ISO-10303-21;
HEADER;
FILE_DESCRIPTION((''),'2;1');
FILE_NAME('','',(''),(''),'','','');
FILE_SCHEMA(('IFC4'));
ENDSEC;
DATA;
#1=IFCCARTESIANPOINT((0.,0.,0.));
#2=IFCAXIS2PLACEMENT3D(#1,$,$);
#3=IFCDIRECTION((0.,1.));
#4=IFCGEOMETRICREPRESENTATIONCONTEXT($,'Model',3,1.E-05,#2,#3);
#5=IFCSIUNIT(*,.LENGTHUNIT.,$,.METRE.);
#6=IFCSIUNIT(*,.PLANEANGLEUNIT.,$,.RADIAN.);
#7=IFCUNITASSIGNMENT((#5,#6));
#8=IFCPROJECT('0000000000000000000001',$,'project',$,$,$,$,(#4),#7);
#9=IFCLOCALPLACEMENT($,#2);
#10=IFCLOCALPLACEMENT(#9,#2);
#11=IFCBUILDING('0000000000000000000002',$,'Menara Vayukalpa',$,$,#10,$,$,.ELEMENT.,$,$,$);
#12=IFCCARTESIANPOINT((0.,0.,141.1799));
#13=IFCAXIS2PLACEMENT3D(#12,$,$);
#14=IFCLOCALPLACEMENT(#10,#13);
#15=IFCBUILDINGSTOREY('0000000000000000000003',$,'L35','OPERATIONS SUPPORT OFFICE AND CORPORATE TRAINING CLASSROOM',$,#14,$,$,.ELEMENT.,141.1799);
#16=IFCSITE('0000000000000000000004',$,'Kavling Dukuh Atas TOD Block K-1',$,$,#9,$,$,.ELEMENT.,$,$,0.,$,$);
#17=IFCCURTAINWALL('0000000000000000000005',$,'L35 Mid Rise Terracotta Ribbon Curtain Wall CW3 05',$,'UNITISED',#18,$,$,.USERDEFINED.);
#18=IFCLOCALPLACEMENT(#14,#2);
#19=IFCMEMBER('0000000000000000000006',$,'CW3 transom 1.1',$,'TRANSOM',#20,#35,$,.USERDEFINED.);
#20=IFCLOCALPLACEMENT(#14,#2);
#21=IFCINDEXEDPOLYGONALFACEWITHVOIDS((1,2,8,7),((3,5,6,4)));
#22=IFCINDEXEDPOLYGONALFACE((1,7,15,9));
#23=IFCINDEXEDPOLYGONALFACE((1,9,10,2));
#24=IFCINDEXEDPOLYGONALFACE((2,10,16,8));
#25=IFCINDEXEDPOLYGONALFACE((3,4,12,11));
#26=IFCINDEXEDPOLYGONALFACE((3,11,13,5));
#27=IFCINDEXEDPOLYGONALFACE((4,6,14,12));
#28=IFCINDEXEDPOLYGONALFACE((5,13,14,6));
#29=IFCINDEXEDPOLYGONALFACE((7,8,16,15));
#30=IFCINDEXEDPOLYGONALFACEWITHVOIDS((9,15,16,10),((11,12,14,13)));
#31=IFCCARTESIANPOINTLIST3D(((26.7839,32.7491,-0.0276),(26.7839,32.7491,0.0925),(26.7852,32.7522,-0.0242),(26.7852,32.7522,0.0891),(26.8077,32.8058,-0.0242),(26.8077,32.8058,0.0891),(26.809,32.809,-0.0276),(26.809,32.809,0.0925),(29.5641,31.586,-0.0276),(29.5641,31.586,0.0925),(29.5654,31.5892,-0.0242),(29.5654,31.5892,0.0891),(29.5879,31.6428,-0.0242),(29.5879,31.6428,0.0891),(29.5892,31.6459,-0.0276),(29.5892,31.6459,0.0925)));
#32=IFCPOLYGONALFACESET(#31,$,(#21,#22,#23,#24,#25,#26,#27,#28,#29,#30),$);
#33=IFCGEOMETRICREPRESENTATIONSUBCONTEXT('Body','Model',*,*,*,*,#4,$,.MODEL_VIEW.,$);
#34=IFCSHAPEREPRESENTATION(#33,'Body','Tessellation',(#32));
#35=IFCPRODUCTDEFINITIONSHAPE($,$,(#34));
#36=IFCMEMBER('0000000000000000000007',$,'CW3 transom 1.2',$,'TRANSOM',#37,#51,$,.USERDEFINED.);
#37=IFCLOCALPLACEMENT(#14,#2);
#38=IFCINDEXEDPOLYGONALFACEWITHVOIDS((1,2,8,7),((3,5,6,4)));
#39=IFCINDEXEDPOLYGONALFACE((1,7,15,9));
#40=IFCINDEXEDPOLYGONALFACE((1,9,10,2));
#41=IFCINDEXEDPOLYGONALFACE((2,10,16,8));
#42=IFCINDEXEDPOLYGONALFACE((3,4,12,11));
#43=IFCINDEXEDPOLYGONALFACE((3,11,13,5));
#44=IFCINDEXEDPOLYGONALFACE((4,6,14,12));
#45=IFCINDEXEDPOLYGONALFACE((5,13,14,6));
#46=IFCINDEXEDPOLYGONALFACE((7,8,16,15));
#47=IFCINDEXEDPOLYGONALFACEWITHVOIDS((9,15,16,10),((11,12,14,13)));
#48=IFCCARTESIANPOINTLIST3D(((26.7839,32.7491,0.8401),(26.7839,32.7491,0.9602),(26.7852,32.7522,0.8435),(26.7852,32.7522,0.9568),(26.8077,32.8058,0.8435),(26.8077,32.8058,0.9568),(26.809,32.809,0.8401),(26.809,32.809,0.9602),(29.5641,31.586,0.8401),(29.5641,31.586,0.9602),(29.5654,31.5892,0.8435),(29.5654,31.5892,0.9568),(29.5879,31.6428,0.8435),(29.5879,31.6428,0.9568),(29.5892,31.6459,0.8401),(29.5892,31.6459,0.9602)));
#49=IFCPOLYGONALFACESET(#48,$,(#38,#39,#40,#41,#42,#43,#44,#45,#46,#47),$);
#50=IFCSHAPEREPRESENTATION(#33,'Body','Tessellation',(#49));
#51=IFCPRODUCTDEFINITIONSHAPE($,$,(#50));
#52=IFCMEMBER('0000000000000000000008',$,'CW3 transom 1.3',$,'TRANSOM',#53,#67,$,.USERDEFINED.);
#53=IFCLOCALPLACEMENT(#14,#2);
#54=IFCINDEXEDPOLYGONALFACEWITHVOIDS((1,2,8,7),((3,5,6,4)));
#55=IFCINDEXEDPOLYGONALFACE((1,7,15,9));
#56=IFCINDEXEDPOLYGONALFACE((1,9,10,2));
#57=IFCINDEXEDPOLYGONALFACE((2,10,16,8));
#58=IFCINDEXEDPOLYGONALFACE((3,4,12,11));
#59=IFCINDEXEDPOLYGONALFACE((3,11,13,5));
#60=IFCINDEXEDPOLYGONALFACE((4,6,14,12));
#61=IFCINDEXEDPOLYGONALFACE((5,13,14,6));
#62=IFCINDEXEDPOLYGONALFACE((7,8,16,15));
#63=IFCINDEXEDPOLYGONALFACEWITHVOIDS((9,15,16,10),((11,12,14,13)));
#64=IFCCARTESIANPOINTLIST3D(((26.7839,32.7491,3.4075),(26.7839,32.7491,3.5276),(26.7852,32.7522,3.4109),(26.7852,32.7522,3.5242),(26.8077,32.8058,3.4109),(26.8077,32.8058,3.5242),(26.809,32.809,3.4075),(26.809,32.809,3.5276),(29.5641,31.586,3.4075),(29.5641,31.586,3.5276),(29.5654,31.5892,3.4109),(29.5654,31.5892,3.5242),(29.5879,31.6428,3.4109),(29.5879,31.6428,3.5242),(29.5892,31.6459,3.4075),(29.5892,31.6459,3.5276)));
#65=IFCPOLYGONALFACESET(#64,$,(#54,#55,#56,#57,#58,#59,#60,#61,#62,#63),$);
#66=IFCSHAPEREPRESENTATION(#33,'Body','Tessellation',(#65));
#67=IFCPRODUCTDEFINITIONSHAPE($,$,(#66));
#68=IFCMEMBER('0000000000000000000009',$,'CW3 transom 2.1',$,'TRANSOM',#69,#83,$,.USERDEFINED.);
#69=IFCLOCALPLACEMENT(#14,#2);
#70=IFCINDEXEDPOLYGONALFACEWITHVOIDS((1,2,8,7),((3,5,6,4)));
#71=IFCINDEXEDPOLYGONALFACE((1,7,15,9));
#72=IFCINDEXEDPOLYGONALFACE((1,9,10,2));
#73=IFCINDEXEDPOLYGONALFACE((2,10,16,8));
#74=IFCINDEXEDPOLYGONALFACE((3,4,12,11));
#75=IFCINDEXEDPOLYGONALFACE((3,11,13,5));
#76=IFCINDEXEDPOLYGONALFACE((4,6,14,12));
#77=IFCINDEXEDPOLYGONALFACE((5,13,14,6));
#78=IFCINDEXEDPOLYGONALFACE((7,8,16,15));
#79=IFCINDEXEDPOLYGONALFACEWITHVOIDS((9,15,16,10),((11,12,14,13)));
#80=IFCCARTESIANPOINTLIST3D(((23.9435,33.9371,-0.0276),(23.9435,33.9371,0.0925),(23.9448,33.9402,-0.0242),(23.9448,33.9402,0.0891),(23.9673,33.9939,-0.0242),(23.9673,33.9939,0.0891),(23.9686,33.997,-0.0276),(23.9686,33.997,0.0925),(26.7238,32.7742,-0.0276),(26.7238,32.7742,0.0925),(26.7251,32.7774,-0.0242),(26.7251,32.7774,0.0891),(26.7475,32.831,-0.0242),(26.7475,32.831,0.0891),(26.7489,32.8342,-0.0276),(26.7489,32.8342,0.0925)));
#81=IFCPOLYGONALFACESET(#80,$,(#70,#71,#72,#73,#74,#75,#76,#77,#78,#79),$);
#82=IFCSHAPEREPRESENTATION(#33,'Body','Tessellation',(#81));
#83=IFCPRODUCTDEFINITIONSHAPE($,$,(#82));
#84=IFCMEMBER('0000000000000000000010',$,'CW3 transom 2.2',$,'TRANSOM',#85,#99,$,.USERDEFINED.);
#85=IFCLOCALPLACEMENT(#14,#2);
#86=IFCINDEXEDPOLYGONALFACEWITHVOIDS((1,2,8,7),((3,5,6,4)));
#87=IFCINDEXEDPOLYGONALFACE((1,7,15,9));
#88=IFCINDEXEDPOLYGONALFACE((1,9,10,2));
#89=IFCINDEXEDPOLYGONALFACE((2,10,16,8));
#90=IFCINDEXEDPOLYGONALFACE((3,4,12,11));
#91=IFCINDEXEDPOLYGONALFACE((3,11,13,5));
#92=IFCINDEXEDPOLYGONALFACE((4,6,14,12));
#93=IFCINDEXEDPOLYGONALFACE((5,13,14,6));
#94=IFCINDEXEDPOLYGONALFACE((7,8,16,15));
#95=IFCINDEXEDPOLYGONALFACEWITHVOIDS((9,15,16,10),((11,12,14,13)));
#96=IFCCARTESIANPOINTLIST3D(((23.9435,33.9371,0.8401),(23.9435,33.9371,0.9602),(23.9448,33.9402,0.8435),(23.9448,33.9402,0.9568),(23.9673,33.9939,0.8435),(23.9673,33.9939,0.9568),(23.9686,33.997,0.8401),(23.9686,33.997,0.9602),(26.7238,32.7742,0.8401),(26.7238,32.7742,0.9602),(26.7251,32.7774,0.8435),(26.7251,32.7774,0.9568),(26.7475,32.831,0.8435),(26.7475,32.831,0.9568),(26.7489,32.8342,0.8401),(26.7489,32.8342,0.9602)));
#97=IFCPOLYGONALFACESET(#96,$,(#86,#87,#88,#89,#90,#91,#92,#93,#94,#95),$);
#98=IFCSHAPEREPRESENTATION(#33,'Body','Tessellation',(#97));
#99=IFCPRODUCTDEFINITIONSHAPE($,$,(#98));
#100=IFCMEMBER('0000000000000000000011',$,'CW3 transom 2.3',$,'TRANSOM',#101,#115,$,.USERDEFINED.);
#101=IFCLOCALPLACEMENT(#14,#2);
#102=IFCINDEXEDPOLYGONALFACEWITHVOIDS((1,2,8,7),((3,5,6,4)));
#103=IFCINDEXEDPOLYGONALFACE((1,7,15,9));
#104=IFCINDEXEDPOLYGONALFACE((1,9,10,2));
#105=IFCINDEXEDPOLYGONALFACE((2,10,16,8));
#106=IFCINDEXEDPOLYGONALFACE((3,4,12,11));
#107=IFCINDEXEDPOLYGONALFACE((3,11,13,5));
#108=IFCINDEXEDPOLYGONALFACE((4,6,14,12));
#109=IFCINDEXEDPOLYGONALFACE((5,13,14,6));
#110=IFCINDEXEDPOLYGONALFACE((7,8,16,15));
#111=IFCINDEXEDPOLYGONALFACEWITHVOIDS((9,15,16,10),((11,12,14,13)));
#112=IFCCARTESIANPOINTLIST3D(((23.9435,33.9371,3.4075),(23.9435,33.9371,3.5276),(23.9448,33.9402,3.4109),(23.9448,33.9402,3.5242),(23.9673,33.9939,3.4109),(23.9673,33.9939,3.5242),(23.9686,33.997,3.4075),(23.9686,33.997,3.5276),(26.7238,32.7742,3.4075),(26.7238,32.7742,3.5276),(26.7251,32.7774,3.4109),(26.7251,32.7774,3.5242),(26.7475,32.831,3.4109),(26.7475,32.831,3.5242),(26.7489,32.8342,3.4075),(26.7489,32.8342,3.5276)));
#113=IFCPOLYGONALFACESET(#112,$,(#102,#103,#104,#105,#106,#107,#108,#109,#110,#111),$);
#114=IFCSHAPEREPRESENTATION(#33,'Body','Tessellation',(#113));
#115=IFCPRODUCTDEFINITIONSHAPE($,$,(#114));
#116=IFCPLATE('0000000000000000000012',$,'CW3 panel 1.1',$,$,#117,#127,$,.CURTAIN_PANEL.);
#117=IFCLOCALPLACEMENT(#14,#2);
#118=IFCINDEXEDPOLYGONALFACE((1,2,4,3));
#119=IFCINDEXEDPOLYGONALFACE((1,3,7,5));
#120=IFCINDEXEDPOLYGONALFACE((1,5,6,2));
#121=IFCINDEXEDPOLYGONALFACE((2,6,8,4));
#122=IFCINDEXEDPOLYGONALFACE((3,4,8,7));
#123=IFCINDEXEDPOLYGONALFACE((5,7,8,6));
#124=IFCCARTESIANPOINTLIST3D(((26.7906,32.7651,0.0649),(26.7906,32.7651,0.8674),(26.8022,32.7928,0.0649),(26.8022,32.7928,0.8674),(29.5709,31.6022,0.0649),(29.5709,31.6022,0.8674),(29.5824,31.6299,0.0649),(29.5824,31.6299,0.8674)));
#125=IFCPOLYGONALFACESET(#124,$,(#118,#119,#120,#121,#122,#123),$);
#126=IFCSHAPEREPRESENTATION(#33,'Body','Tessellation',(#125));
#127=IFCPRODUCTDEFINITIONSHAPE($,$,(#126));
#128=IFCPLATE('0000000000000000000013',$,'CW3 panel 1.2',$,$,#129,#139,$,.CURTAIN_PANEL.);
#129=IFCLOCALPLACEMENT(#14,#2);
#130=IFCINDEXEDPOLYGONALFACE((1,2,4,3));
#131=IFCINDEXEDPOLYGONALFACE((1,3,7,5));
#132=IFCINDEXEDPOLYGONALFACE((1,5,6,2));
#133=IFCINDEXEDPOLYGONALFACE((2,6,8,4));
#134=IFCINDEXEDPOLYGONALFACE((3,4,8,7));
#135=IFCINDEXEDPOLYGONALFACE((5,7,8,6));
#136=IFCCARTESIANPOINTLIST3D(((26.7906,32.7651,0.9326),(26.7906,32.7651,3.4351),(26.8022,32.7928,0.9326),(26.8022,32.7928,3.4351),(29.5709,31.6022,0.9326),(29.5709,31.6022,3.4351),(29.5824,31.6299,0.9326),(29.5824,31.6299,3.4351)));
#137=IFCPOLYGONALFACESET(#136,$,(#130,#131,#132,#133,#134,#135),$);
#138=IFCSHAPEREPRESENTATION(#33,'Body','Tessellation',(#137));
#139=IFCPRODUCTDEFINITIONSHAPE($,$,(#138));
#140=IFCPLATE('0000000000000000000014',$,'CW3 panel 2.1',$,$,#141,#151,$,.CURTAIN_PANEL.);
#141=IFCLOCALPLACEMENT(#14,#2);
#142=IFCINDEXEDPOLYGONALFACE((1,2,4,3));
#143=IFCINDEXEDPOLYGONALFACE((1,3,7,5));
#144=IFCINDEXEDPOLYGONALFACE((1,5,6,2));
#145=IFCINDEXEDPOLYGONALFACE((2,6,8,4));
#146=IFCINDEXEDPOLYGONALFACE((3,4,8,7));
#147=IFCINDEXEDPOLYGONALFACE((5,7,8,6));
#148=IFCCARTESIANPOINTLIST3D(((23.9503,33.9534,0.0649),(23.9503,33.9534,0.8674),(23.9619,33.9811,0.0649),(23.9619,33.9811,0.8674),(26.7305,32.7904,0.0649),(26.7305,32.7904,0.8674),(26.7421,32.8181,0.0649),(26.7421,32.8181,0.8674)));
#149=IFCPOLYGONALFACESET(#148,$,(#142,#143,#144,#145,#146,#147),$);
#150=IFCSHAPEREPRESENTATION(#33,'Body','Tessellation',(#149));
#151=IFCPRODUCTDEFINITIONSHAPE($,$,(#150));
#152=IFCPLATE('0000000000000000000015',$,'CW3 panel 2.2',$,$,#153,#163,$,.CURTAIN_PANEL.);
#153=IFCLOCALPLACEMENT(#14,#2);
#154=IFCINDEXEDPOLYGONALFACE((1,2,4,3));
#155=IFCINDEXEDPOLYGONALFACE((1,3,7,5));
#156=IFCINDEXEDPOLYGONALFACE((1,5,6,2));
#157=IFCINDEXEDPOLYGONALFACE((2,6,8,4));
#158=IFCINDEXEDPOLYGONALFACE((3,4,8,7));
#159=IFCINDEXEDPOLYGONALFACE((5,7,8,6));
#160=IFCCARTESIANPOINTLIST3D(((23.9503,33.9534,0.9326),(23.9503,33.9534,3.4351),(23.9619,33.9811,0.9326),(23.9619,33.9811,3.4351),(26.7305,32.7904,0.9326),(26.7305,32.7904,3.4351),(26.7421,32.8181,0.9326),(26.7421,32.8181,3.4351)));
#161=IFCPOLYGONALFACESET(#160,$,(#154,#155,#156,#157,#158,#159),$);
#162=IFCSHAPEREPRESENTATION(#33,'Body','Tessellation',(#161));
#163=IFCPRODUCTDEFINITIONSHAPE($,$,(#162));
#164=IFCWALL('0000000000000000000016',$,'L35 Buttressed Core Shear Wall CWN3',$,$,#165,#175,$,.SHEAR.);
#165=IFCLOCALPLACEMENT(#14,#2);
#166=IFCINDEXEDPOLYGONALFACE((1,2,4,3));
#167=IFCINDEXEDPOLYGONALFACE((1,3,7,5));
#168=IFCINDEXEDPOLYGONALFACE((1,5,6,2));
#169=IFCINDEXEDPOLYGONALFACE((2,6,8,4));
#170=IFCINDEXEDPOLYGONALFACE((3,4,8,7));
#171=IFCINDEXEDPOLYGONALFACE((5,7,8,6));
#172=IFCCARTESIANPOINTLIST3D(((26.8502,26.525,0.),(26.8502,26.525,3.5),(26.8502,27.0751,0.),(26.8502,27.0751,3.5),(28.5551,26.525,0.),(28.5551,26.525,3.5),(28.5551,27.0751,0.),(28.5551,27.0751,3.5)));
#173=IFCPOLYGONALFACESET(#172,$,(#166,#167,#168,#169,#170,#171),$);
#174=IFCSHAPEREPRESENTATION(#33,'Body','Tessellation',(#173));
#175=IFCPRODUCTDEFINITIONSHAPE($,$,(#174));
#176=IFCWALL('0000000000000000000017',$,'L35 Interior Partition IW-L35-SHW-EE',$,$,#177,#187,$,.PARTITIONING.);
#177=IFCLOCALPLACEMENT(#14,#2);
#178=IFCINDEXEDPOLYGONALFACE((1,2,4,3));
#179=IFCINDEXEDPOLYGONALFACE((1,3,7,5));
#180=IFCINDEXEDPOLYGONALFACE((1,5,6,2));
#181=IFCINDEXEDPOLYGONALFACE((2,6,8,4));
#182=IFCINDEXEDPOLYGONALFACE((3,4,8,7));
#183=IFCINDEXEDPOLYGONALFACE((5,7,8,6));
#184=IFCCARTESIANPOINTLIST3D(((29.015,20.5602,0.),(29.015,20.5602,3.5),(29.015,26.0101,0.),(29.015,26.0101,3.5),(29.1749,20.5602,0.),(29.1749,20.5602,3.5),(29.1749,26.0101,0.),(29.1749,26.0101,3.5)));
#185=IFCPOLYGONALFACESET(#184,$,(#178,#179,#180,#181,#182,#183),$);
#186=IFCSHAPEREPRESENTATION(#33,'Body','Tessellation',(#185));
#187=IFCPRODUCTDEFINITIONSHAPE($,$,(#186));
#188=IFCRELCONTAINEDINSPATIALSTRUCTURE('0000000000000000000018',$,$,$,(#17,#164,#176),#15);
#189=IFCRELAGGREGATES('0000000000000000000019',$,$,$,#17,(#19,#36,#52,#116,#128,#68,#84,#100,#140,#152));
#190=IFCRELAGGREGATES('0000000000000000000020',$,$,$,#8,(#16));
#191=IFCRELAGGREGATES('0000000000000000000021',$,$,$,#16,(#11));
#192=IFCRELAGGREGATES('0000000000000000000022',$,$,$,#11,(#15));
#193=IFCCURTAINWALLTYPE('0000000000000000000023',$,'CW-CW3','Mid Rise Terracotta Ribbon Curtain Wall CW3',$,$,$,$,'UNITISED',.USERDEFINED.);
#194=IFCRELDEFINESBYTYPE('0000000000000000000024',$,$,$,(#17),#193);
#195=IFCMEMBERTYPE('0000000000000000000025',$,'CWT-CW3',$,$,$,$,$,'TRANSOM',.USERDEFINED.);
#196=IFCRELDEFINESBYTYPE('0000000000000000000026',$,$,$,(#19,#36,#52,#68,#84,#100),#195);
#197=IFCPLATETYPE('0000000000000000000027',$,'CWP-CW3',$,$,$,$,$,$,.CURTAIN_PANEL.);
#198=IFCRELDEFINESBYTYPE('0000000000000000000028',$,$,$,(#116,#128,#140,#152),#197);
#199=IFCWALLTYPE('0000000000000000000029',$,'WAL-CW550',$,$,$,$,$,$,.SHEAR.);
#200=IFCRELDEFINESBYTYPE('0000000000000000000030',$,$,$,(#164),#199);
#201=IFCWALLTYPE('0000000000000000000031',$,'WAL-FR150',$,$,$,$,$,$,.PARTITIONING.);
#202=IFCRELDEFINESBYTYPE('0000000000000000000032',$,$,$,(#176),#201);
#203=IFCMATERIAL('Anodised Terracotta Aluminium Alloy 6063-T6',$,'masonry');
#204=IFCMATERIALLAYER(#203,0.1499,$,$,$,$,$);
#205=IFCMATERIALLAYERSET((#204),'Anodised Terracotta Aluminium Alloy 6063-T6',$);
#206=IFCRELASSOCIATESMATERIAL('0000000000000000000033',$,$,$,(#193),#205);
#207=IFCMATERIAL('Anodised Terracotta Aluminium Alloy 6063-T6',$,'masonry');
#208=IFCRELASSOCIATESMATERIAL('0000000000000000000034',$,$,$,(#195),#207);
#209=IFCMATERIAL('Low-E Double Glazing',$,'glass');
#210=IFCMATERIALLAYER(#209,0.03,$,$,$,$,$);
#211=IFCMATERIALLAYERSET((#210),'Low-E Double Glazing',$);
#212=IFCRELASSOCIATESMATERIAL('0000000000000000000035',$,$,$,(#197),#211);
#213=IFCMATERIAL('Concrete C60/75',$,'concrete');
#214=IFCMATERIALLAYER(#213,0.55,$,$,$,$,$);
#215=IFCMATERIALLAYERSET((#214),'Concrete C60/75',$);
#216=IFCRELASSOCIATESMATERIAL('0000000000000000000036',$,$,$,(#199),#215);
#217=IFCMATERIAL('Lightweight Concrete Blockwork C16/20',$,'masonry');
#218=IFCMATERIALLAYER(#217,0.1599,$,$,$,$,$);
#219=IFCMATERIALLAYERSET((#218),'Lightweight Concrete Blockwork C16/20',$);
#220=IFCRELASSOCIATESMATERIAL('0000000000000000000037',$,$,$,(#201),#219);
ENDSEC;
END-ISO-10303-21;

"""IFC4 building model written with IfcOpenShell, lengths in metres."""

from ifc_helpers import new_model, si_unit, direction, frame, frame_2d, origin, origin_2d, place, context, subcontext, project, spatial, rectangle, hollow_rectangle, extrude, material, layer, layer_set, material_profile, profile_set, type_object, element, aggregate, save


model = new_model("IFC4")

# Units and contexts
model_context = context("Model", 3, precision=1e-05, world=origin(), true_north=direction((0.0, 1.0)))
body_context = subcontext(model_context, "Body", "Model", "MODEL_VIEW")
ifc_project = project(units=[si_unit("LENGTHUNIT", "METRE"), si_unit("PLANEANGLEUNIT", "RADIAN")], contexts=[model_context])

# Site, building, storey
site_placement = place(None, origin())
site = spatial("IfcSite", under=ifc_project, at=site_placement, Name="Kavling Dukuh Atas TOD Block K-1", CompositionType="ELEMENT", RefElevation=0.0)
building_placement = place(site_placement, origin())
building = spatial("IfcBuilding", under=site, at=building_placement, Name="Menara Vayukalpa", CompositionType="ELEMENT")
storey_placement = place(building_placement, frame((0.0, 0.0, 141.1799)))
storey = spatial("IfcBuildingStorey", under=building, at=storey_placement, Name="L35", Description="OPERATIONS SUPPORT OFFICE AND CORPORATE TRAINING CLASSROOM", CompositionType="ELEMENT", Elevation=141.1799)

# Curtain wall, members, plates
ifc_material_1 = material(Name="Anodised Terracotta Aluminium Alloy 6063-T6", Category="masonry")
ifc_layer_1 = layer(ifc_material_1, 0.1499)
ifc_layer_set_1 = layer_set([ifc_layer_1], Name="Anodised Terracotta Aluminium Alloy 6063-T6")
curtain_wall_type = type_object("IfcCurtainWallType", Name="CW-CW3", Description="Mid Rise Terracotta Ribbon Curtain Wall CW3", ElementType="UNITISED", PredefinedType="USERDEFINED", material=ifc_layer_set_1)
curtain_wall_placement = place(storey_placement, origin())
curtain_wall = element("IfcCurtainWall", 1, at=curtain_wall_placement, inside=storey, type_object=curtain_wall_type, Name="L35 Mid Rise Terracotta Ribbon Curtain Wall CW3 05", ObjectType="UNITISED", PredefinedType="USERDEFINED")
ifc_material_2 = material(Name="Anodised Terracotta Aluminium Alloy 6063-T6", Category="masonry")
ifc_material_profile_1 = material_profile(ifc_material_2, hollow_rectangle(XDim=0.0649, YDim=0.1201, WallThickness=0.0034, at=origin_2d()), Name="ALU 65x120x3.5")
ifc_profile_set_1 = profile_set([ifc_material_profile_1], Name="Anodised Terracotta Aluminium Alloy 6063-T6")
member_type_1 = type_object("IfcMemberType", Name="CWT-CW3", ElementType="TRANSOM", PredefinedType="USERDEFINED", material=ifc_profile_set_1)
member_1_placement = place(storey_placement, frame((29.5767, 31.616, 0.0325), z_axis=(-0.92253, 0.385926, 0.0), x_axis=(-0.385926, -0.92253, 0.0)))
member_1 = element("IfcMember", 2, at=member_1_placement, type_object=member_type_1, Name="CW3 transom 1.1", ObjectType="TRANSOM", PredefinedType="USERDEFINED", context=body_context, shape_type="SweptSolid", body=[
    extrude(hollow_rectangle(XDim=0.0649, YDim=0.1201, WallThickness=0.0034, at=origin_2d()), origin(), (0.0, 0.0, 1.0), 3.0137),
])
member_2_placement = place(storey_placement, frame((29.5767, 31.616, 0.9001), z_axis=(-0.92253, 0.385926, 0.0), x_axis=(-0.385926, -0.92253, 0.0)))
member_2 = element("IfcMember", 3, at=member_2_placement, type_object=member_type_1, Name="CW3 transom 1.2", ObjectType="TRANSOM", PredefinedType="USERDEFINED", context=body_context, shape_type="SweptSolid", body=[
    extrude(hollow_rectangle(XDim=0.0649, YDim=0.1201, WallThickness=0.0034, at=origin_2d()), origin(), (0.0, 0.0, 1.0), 3.0137),
])
member_3_placement = place(storey_placement, frame((29.5767, 31.616, 3.4675), z_axis=(-0.92253, 0.385926, 0.0), x_axis=(-0.385926, -0.92253, 0.0)))
member_3 = element("IfcMember", 4, at=member_3_placement, type_object=member_type_1, Name="CW3 transom 1.3", ObjectType="TRANSOM", PredefinedType="USERDEFINED", context=body_context, shape_type="SweptSolid", body=[
    extrude(hollow_rectangle(XDim=0.0649, YDim=0.1201, WallThickness=0.0034, at=origin_2d()), origin(), (0.0, 0.0, 1.0), 3.0137),
])
member_4_placement = place(storey_placement, frame((26.7363, 32.8042, 0.0325), z_axis=(-0.922558, 0.385858, 0.0), x_axis=(-0.385858, -0.922558, 0.0)))
member_4 = element("IfcMember", 5, at=member_4_placement, type_object=member_type_1, Name="CW3 transom 2.1", ObjectType="TRANSOM", PredefinedType="USERDEFINED", context=body_context, shape_type="SweptSolid", body=[
    extrude(hollow_rectangle(XDim=0.0649, YDim=0.1201, WallThickness=0.0034, at=origin_2d()), origin(), (0.0, 0.0, 1.0), 3.0137),
])
member_5_placement = place(storey_placement, frame((26.7363, 32.8042, 0.9001), z_axis=(-0.922558, 0.385858, 0.0), x_axis=(-0.385858, -0.922558, 0.0)))
member_5 = element("IfcMember", 6, at=member_5_placement, type_object=member_type_1, Name="CW3 transom 2.2", ObjectType="TRANSOM", PredefinedType="USERDEFINED", context=body_context, shape_type="SweptSolid", body=[
    extrude(hollow_rectangle(XDim=0.0649, YDim=0.1201, WallThickness=0.0034, at=origin_2d()), origin(), (0.0, 0.0, 1.0), 3.0137),
])
member_6_placement = place(storey_placement, frame((26.7363, 32.8042, 3.4675), z_axis=(-0.922558, 0.385858, 0.0), x_axis=(-0.385858, -0.922558, 0.0)))
member_6 = element("IfcMember", 7, at=member_6_placement, type_object=member_type_1, Name="CW3 transom 2.3", ObjectType="TRANSOM", PredefinedType="USERDEFINED", context=body_context, shape_type="SweptSolid", body=[
    extrude(hollow_rectangle(XDim=0.0649, YDim=0.1201, WallThickness=0.0034, at=origin_2d()), origin(), (0.0, 0.0, 1.0), 3.0137),
])
ifc_material_3 = material(Name="Low-E Double Glazing", Category="glass")
ifc_layer_2 = layer(ifc_material_3, 0.03)
ifc_layer_set_2 = layer_set([ifc_layer_2], Name="Low-E Double Glazing")
plate_type = type_object("IfcPlateType", Name="CWP-CW3", PredefinedType="CURTAIN_PANEL", material=ifc_layer_set_2)
plate_1_placement = place(storey_placement, frame((28.1865, 32.1975, 0.0649), z_axis=(0.0, 0.0, 1.0), x_axis=(-0.922546, 0.385886, 0.0)))
plate_1 = element("IfcPlate", 8, at=plate_1_placement, type_object=plate_type, Name="CW3 panel 1.1", PredefinedType="CURTAIN_PANEL", context=body_context, shape_type="SweptSolid", body=[
    extrude(rectangle(XDim=3.0137, YDim=0.03, at=origin_2d()), origin(), (0.0, 0.0, 1.0), 0.8025),
])
plate_2_placement = place(storey_placement, frame((28.1865, 32.1975, 0.9326), z_axis=(0.0, 0.0, 1.0), x_axis=(-0.922546, 0.385886, 0.0)))
plate_2 = element("IfcPlate", 9, at=plate_2_placement, type_object=plate_type, Name="CW3 panel 1.2", PredefinedType="CURTAIN_PANEL", context=body_context, shape_type="SweptSolid", body=[
    extrude(rectangle(XDim=3.0137, YDim=0.03, at=origin_2d()), origin(), (0.0, 0.0, 1.0), 2.5024),
])
plate_3_placement = place(storey_placement, frame((25.3462, 33.3857, 0.0649), z_axis=(0.0, 0.0, 1.0), x_axis=(-0.922546, 0.385886, 0.0)))
plate_3 = element("IfcPlate", 10, at=plate_3_placement, type_object=plate_type, Name="CW3 panel 2.1", PredefinedType="CURTAIN_PANEL", context=body_context, shape_type="SweptSolid", body=[
    extrude(rectangle(XDim=3.0137, YDim=0.03, at=origin_2d()), origin(), (0.0, 0.0, 1.0), 0.8025),
])
plate_4_placement = place(storey_placement, frame((25.3462, 33.3857, 0.9326), z_axis=(0.0, 0.0, 1.0), x_axis=(-0.922546, 0.385886, 0.0)))
plate_4 = element("IfcPlate", 11, at=plate_4_placement, type_object=plate_type, Name="CW3 panel 2.2", PredefinedType="CURTAIN_PANEL", context=body_context, shape_type="SweptSolid", body=[
    extrude(rectangle(XDim=3.0137, YDim=0.03, at=origin_2d()), origin(), (0.0, 0.0, 1.0), 2.5024),
])
aggregate(curtain_wall, [member_1, member_2, member_3, plate_1, plate_2, member_4, member_5, member_6, plate_3, plate_4])

# Walls
ifc_material_4 = material(Name="Concrete C60/75", Category="concrete")
ifc_layer_3 = layer(ifc_material_4, 0.55)
ifc_layer_set_3 = layer_set([ifc_layer_3], Name="Concrete C60/75")
wall_type_1 = type_object("IfcWallType", Name="WAL-CW550", PredefinedType="SHEAR", material=ifc_layer_set_3)
wall_1_placement = place(storey_placement, frame((26.8501, 26.8, 0.0), z_axis=(0.0, 0.0, 1.0), x_axis=(1.0, 0.0, 0.0)))
element("IfcWall", 12, at=wall_1_placement, inside=storey, type_object=wall_type_1, Name="L35 Buttressed Core Shear Wall CWN3", PredefinedType="SHEAR", context=body_context, shape_type="SweptSolid", body=[
    extrude(rectangle(XDim=1.7048, YDim=0.55, at=frame_2d((0.8525, 0.0))), origin(), (0.0, 0.0, 1.0), 3.5),
])
ifc_material_5 = material(Name="Lightweight Concrete Blockwork C16/20", Category="masonry")
ifc_layer_4 = layer(ifc_material_5, 0.1599)
ifc_layer_set_4 = layer_set([ifc_layer_4], Name="Lightweight Concrete Blockwork C16/20")
wall_type_2 = type_object("IfcWallType", Name="WAL-FR150", PredefinedType="PARTITIONING", material=ifc_layer_set_4)
wall_2_placement = place(storey_placement, frame((29.095, 20.5601, 0.0), z_axis=(0.0, 0.0, 1.0), x_axis=(0.0, 1.0, 0.0)))
element("IfcWall", 13, at=wall_2_placement, inside=storey, type_object=wall_type_2, Name="L35 Interior Partition IW-L35-SHW-EE", PredefinedType="PARTITIONING", context=body_context, shape_type="SweptSolid", body=[
    extrude(rectangle(XDim=5.45, YDim=0.1599, at=frame_2d((2.7251, 0.0))), origin(), (0.0, 0.0, 1.0), 3.5),
])

save(model, "model.ifc")
